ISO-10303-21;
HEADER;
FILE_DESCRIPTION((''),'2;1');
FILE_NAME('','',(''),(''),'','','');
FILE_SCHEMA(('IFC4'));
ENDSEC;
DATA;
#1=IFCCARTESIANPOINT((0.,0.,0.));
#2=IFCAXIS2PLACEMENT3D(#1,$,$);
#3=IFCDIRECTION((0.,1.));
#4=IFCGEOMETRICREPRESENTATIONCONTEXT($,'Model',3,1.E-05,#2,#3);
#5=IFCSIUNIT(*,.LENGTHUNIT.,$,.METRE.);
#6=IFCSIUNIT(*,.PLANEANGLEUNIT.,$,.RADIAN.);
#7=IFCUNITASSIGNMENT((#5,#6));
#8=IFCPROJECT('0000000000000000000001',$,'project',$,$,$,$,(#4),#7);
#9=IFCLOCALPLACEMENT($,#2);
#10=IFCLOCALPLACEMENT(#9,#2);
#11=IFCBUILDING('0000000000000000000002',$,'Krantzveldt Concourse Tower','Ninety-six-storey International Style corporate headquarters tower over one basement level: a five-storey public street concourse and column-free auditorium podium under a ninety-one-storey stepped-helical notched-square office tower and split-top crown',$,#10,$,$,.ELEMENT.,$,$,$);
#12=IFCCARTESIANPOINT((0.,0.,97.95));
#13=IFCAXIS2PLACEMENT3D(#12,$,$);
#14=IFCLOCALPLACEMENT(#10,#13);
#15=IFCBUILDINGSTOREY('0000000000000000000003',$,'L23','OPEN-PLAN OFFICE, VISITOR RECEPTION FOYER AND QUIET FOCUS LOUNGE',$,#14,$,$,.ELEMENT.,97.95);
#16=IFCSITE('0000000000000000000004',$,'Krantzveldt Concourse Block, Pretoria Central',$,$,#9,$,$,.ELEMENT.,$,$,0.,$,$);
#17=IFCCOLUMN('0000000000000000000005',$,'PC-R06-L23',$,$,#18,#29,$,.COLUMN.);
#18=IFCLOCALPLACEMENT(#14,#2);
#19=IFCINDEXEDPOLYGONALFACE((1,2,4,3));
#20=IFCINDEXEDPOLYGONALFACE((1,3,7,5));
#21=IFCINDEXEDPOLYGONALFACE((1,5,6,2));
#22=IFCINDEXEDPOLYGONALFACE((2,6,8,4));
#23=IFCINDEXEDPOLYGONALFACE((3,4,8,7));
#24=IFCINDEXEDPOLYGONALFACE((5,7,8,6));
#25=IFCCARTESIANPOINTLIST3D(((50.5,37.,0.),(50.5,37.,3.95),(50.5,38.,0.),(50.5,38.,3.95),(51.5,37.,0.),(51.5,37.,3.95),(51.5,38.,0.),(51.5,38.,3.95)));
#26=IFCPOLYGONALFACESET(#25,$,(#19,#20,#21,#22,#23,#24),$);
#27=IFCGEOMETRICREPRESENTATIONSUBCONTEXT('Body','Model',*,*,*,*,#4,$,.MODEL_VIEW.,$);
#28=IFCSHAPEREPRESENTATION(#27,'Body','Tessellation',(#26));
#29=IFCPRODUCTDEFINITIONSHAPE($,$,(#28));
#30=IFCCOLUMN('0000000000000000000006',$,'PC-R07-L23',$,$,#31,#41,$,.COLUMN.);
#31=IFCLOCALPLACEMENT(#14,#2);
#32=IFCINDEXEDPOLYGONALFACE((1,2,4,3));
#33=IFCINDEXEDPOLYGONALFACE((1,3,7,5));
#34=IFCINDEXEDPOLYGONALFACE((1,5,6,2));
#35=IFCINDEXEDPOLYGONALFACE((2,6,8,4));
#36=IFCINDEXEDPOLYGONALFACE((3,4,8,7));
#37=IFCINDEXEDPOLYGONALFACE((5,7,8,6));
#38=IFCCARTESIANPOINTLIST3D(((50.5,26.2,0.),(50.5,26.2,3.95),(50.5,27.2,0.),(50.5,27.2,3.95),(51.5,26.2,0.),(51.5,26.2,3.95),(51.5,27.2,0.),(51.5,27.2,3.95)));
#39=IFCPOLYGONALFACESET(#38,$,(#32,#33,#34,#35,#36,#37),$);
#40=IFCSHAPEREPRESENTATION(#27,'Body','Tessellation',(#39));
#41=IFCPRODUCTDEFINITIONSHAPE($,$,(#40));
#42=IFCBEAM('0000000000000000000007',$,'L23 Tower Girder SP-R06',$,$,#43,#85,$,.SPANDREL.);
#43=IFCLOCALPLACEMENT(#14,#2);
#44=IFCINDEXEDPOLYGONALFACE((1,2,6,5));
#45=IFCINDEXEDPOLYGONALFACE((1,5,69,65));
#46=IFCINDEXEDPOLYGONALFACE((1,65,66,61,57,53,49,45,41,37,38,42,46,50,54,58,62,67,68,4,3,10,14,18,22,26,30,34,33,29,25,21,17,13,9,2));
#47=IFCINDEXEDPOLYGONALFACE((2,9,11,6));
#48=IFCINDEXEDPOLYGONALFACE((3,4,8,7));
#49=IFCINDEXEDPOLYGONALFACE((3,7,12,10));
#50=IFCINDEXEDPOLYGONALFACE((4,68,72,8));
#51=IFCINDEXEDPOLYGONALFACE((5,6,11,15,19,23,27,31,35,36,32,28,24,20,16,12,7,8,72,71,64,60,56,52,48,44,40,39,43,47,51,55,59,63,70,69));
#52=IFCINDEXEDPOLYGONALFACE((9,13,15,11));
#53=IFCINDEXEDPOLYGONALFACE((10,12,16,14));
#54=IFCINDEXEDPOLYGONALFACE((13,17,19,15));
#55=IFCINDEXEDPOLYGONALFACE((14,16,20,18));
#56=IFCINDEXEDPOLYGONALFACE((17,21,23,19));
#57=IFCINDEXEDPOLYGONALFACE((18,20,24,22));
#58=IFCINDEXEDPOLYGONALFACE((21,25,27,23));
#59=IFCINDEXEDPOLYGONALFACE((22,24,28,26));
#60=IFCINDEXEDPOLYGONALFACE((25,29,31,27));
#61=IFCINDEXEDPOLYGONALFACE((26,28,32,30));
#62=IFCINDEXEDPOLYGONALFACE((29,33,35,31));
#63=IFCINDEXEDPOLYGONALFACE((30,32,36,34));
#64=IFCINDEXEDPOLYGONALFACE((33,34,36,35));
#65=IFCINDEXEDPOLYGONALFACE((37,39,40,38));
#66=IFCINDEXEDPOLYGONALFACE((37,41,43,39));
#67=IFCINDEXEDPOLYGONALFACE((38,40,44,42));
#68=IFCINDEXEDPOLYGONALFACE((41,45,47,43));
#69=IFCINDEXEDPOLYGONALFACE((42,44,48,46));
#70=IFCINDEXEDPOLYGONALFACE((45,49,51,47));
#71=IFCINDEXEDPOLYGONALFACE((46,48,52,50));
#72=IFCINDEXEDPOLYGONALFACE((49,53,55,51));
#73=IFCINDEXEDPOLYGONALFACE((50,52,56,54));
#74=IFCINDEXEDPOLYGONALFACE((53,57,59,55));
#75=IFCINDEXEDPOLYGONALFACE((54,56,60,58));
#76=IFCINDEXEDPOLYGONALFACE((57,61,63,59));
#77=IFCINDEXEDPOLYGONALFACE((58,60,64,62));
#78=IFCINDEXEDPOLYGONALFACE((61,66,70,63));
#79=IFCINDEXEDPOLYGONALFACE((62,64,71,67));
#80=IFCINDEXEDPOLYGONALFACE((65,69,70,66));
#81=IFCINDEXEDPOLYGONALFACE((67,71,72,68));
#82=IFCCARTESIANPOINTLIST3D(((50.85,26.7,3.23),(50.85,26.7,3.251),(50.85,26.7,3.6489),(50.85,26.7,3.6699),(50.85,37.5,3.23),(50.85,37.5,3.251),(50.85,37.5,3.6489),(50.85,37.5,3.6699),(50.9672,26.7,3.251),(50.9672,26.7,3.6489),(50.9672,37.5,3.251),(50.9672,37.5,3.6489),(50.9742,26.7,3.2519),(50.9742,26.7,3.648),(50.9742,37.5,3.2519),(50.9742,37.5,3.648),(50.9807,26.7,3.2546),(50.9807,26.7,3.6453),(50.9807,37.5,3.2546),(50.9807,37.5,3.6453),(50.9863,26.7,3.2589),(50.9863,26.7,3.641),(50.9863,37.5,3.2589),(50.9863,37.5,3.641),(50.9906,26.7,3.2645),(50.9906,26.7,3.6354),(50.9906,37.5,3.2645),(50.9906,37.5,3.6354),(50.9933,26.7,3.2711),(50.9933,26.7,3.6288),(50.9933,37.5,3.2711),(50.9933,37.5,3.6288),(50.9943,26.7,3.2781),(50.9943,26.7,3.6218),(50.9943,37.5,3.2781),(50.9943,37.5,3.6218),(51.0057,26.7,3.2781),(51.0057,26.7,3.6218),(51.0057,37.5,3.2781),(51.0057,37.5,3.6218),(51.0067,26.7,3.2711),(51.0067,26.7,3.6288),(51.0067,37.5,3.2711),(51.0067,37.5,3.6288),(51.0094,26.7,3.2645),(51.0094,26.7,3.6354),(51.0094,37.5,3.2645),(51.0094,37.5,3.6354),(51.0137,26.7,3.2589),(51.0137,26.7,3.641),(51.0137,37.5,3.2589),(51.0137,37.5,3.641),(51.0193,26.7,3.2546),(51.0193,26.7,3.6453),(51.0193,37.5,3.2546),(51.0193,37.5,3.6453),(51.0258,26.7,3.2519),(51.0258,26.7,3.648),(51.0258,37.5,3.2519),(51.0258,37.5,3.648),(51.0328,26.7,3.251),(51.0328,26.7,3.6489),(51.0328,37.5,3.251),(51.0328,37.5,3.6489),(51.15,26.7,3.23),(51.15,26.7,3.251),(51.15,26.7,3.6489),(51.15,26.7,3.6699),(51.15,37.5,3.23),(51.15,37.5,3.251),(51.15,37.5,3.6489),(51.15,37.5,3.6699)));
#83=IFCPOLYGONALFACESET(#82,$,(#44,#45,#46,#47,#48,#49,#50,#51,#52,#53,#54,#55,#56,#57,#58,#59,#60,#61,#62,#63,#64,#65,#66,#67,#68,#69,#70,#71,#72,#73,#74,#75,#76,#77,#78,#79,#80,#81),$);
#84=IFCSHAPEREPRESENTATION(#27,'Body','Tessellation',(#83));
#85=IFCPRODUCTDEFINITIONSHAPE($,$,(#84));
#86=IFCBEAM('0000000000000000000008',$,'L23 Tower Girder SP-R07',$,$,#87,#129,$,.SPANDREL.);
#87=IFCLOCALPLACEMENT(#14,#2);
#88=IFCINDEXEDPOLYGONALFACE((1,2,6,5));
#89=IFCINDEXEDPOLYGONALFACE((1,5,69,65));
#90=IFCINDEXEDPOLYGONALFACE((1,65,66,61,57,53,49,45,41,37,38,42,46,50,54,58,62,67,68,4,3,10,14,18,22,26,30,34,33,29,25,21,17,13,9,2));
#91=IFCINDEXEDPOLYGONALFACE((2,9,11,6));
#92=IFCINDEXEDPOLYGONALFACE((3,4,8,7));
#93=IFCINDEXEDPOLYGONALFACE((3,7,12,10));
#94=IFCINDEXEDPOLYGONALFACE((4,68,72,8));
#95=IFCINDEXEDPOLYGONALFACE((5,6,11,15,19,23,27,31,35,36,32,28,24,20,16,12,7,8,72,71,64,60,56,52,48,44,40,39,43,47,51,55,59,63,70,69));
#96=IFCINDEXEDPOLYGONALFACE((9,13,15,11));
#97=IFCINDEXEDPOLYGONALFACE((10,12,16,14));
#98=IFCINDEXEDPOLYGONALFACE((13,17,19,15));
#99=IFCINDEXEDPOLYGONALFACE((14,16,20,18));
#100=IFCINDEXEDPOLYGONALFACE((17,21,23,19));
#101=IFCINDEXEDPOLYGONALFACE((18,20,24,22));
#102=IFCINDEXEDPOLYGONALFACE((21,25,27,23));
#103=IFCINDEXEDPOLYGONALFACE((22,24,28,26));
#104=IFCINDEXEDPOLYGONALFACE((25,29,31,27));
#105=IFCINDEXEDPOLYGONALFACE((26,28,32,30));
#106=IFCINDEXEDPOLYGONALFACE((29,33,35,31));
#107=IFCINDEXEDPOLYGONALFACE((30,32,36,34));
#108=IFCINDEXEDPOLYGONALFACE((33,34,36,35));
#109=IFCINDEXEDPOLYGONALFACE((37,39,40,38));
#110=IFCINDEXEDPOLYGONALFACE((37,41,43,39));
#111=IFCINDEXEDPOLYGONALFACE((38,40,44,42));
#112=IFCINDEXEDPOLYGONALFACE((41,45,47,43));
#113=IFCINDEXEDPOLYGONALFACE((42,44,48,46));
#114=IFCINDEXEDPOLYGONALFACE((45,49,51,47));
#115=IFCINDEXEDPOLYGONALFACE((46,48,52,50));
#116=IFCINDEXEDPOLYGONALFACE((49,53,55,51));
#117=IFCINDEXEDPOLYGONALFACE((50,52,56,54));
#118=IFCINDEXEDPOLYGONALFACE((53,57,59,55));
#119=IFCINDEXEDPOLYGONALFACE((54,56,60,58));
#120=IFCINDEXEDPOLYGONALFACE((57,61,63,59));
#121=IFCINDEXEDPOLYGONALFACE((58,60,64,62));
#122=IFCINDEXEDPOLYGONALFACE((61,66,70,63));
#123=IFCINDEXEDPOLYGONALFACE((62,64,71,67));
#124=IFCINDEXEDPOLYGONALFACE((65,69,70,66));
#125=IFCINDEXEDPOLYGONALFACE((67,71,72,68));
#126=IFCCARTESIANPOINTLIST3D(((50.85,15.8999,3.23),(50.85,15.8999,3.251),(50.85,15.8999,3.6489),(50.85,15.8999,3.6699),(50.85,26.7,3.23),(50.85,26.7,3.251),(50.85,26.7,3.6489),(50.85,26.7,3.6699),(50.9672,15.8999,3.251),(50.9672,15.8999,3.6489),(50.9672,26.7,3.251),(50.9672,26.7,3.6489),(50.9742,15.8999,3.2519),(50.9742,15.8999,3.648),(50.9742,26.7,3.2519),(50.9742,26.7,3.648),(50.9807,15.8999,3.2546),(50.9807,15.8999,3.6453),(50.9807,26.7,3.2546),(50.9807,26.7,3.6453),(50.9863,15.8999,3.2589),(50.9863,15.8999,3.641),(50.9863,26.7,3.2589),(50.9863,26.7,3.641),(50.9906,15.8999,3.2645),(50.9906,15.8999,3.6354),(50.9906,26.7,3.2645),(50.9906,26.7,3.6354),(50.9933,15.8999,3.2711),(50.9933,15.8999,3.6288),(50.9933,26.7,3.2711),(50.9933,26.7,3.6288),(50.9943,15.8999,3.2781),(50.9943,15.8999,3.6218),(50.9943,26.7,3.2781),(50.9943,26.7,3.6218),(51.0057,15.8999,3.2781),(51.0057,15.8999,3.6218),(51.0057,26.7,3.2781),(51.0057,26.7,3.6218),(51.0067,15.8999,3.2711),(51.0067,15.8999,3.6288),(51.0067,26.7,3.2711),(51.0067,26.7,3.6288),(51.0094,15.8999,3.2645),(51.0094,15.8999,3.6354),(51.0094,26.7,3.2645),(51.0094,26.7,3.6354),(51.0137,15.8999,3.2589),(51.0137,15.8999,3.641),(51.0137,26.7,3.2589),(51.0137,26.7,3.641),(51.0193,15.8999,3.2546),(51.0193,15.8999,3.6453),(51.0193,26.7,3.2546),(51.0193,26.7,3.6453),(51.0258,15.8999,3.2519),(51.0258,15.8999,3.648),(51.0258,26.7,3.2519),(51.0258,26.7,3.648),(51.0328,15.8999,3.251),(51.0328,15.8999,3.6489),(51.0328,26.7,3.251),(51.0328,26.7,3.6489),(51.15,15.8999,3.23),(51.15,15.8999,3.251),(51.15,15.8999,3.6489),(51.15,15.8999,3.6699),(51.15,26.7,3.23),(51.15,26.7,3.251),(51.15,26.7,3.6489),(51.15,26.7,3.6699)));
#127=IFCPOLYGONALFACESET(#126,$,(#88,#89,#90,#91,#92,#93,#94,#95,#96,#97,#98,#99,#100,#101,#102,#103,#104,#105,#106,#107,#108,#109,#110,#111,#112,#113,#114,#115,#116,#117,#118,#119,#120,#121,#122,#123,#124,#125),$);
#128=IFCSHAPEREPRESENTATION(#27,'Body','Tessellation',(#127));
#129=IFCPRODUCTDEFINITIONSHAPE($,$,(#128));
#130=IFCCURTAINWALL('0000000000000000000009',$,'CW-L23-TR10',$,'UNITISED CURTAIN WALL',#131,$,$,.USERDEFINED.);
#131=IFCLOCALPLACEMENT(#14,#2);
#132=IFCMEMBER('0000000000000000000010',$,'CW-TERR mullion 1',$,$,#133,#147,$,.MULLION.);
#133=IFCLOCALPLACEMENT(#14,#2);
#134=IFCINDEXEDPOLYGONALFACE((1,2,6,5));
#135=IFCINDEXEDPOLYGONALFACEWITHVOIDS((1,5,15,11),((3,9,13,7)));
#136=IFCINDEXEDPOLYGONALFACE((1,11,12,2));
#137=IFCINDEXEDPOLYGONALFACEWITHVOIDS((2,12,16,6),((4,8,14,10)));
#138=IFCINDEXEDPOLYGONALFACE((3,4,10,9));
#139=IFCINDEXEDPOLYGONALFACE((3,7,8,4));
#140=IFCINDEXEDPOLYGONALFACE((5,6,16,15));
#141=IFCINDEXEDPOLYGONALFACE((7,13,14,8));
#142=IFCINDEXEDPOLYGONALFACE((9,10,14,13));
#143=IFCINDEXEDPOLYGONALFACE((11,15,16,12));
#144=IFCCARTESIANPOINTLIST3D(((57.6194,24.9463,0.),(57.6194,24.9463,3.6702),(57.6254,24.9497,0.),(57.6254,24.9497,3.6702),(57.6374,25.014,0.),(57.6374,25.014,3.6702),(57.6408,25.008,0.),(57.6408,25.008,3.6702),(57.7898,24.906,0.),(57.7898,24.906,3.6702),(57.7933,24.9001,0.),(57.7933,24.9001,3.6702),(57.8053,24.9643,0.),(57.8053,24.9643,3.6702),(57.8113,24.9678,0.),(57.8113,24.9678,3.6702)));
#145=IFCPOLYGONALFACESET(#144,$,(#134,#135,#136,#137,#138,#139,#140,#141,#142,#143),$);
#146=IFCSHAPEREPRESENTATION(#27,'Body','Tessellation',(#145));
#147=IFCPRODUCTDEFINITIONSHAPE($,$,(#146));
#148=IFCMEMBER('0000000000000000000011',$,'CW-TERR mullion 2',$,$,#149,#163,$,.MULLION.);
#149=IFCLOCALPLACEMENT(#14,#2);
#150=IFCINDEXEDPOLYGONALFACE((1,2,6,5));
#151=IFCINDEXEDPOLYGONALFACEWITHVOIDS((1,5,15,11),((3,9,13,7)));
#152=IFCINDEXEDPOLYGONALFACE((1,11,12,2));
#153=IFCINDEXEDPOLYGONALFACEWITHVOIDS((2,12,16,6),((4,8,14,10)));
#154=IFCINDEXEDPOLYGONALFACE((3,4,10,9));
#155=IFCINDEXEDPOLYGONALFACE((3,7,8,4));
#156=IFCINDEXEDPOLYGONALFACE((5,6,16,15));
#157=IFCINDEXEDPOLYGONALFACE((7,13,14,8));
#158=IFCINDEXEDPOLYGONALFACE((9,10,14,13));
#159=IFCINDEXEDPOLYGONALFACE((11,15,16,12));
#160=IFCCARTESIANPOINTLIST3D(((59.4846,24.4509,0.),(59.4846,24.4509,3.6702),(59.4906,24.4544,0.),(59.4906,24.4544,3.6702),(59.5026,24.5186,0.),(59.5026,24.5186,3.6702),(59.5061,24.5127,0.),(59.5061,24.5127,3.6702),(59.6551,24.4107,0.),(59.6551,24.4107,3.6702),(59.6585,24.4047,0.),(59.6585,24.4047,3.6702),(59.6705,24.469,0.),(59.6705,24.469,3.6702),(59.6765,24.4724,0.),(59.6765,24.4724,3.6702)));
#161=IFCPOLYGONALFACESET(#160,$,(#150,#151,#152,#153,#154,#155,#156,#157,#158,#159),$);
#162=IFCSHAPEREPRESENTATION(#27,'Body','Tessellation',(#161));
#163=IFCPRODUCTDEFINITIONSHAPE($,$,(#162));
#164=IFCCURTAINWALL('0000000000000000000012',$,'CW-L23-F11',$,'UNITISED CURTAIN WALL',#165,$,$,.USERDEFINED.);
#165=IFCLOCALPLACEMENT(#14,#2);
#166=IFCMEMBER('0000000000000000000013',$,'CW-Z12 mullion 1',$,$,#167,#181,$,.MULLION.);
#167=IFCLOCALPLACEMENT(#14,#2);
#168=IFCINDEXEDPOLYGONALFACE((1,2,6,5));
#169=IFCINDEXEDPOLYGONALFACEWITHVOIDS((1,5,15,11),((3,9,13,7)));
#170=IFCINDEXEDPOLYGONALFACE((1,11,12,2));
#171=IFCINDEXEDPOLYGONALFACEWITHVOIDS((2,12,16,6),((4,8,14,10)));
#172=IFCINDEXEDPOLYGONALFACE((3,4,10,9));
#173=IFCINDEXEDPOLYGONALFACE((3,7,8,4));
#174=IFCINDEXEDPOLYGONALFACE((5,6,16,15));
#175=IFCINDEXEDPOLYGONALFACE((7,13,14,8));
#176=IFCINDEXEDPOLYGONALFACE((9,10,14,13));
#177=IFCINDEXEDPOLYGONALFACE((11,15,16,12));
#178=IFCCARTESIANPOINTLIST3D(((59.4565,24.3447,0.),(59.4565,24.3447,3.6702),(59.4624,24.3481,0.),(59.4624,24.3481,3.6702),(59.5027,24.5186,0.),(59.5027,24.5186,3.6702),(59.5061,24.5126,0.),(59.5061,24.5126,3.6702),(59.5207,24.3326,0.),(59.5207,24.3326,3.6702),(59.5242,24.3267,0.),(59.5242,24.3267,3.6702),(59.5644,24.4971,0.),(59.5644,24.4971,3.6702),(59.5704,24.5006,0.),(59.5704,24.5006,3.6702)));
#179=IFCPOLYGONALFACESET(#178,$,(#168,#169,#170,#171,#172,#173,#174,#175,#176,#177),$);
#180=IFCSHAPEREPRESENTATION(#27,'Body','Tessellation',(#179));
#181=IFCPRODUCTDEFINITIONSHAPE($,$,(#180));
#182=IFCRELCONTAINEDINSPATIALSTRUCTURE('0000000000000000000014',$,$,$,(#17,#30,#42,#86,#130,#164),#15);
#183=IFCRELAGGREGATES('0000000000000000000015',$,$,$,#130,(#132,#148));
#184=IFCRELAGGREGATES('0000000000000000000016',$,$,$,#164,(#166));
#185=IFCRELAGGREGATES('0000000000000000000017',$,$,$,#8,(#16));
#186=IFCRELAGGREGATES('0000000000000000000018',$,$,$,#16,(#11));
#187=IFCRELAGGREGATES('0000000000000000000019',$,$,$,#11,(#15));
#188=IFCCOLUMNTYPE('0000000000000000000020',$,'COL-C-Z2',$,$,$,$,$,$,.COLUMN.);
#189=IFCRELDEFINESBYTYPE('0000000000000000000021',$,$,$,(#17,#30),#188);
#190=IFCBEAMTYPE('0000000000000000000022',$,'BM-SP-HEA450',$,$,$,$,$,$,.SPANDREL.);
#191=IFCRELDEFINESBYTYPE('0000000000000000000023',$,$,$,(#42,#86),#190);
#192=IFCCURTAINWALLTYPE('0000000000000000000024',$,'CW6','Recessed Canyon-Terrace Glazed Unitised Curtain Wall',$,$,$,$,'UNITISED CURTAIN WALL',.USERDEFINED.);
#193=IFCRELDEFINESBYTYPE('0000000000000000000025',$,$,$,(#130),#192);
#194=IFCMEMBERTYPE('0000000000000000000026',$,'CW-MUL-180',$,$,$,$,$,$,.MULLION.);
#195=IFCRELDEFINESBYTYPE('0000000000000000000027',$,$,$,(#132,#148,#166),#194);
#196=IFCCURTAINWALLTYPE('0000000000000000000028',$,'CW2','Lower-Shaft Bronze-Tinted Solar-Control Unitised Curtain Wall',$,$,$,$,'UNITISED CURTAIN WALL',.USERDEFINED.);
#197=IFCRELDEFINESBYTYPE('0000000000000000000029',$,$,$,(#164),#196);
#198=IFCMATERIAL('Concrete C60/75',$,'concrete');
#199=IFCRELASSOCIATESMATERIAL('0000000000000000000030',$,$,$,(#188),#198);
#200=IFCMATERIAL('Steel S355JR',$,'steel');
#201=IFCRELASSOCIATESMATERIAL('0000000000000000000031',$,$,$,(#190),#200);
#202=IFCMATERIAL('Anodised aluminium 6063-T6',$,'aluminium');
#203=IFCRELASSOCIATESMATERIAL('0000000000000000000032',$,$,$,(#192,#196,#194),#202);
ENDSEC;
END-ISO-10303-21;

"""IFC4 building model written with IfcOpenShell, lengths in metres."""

from ifc_helpers import new_model, si_unit, direction, frame, origin, origin_2d, place, context, subcontext, project, spatial, rectangle, hollow_rectangle, i_section, extrude, source, transform, mapped, material, material_profile, profile_set, type_object, type_shapes, element, aggregate, save


model = new_model("IFC4")

# Units and contexts
model_context = context("Model", 3, precision=1e-05, world=origin(), true_north=direction((0.0, 1.0)))
body_context = subcontext(model_context, "Body", "Model", "MODEL_VIEW")
ifc_project = project(units=[si_unit("LENGTHUNIT", "METRE"), si_unit("PLANEANGLEUNIT", "RADIAN")], contexts=[model_context])

# Site, building, storey
site_placement = place(None, origin())
site = spatial("IfcSite", under=ifc_project, at=site_placement, Name="Krantzveldt Concourse Block, Pretoria Central", CompositionType="ELEMENT", RefElevation=0.0)
building_placement = place(site_placement, origin())
building = spatial("IfcBuilding", under=site, at=building_placement, Name="Krantzveldt Concourse Tower", Description="Ninety-six-storey International Style corporate headquarters tower over one basement level: a five-storey public street concourse and column-free auditorium podium under a ninety-one-storey stepped-helical notched-square office tower and split-top crown", CompositionType="ELEMENT")
storey_placement = place(building_placement, frame((0.0, 0.0, 97.95)))
storey = spatial("IfcBuildingStorey", under=building, at=storey_placement, Name="L23", Description="OPEN-PLAN OFFICE, VISITOR RECEPTION FOYER AND QUIET FOCUS LOUNGE", CompositionType="ELEMENT", Elevation=97.95)

# Columns
ifc_material_1 = material(Name="Concrete C60/75", Category="concrete")
ifc_material_profile_1 = material_profile(ifc_material_1, rectangle(XDim=1.0, YDim=1.0, at=origin_2d()), Name="Concrete C60/75", Category="concrete")
ifc_profile_set_1 = profile_set([ifc_material_profile_1], Name="Concrete C60/75 - RC 1000x1000")
column_type = type_object("IfcColumnType", Name="COL-C-Z2", PredefinedType="COLUMN", material=ifc_profile_set_1)
shared_shape_1 = source(origin(), body_context, "Body", "SweptSolid", [
    extrude(rectangle(XDim=1.0, YDim=1.0, at=origin_2d()), origin(), (0.0, 0.0, 1.0), 3.95),
])
type_shapes(column_type, [shared_shape_1])
for number, where, z_axis, x_axis, name in (
    (1, (51.0, 37.5, 0.0), (0.0, 0.0, 1.0), (1.0, 0.0, 0.0), "PC-R06-L23"),
    (2, (51.0, 26.7, 0.0), (0.0, 0.0, 1.0), (1.0, 0.0, 0.0), "PC-R07-L23"),
):
    element("IfcColumn", number, at=place(storey_placement, frame(where, z_axis=z_axis, x_axis=x_axis)), inside=storey, type_object=column_type, Name=name, PredefinedType="COLUMN", context=body_context, shape_type="MappedRepresentation", body=[
        mapped(shared_shape_1, transform((0.0, 0.0, 0.0), x_axis=(1.0, 0.0, 0.0), y_axis=(0.0, 1.0, 0.0), z_axis=(0.0, 0.0, 1.0), scale=1.0)),
    ])

# Beams
ifc_material_2 = material(Name="Steel S355JR", Category="steel")
ifc_material_profile_2 = material_profile(ifc_material_2, i_section(OverallWidth=0.3, OverallDepth=0.4399, WebThickness=0.0115, FlangeThickness=0.021, FilletRadius=0.0271, at=origin_2d()), Name="Steel S355JR", Category="steel")
ifc_profile_set_2 = profile_set([ifc_material_profile_2], Name="Steel S355JR - HEA 450")
beam_type = type_object("IfcBeamType", Name="BM-SP-HEA450", PredefinedType="SPANDREL", material=ifc_profile_set_2)
shared_shape_2 = source(origin(), body_context, "Body", "SweptSolid", [
    extrude(i_section(OverallWidth=0.3, OverallDepth=0.4399, WebThickness=0.0115, FlangeThickness=0.021, FilletRadius=0.0271, at=origin_2d()), origin(), (0.0, 0.0, 1.0), 10.8),
])
type_shapes(beam_type, [shared_shape_2])
for number, where, z_axis, x_axis, name in (
    (3, (51.0, 37.5, 3.45), (0.0, -1.0, 0.0), (1.0, 0.0, 0.0), "L23 Tower Girder SP-R06"),
    (4, (51.0, 26.7, 3.45), (0.0, -1.0, 0.0), (1.0, 0.0, 0.0), "L23 Tower Girder SP-R07"),
):
    element("IfcBeam", number, at=place(storey_placement, frame(where, z_axis=z_axis, x_axis=x_axis)), inside=storey, type_object=beam_type, Name=name, PredefinedType="SPANDREL", context=body_context, shape_type="MappedRepresentation", body=[
        mapped(shared_shape_2, transform((0.0, 0.0, 0.0), x_axis=(1.0, 0.0, 0.0), y_axis=(0.0, 1.0, 0.0), z_axis=(0.0, 0.0, 1.0), scale=1.0)),
    ])

# Curtain walls, members
ifc_material_3 = material(Name="Anodised aluminium 6063-T6", Category="aluminium")
curtain_wall_type_1 = type_object("IfcCurtainWallType", Name="CW6", Description="Recessed Canyon-Terrace Glazed Unitised Curtain Wall", ElementType="UNITISED CURTAIN WALL", PredefinedType="USERDEFINED", material=ifc_material_3)
curtain_wall_1_placement = place(storey_placement, origin())
curtain_wall_1 = element("IfcCurtainWall", 5, at=curtain_wall_1_placement, inside=storey, type_object=curtain_wall_type_1, Name="CW-L23-TR10", ObjectType="UNITISED CURTAIN WALL", PredefinedType="USERDEFINED")
ifc_material_profile_3 = material_profile(ifc_material_3, hollow_rectangle(XDim=0.0701, YDim=0.1799, WallThickness=0.0049, at=origin_2d()), Name="Anodised aluminium 6063-T6", Category="aluminium")
ifc_profile_set_3 = profile_set([ifc_material_profile_3], Name="Anodised aluminium 6063-T6 - ALU-MULL 180x70x5")
member_type_1 = type_object("IfcMemberType", Name="CW-MUL-180", PredefinedType="MULLION", material=ifc_profile_set_3)
shared_shape_3 = source(origin(), body_context, "Body", "SweptSolid", [
    extrude(hollow_rectangle(XDim=0.0701, YDim=0.1799, WallThickness=0.0049, at=origin_2d()), origin(), (0.0, 0.0, 1.0), 3.6702),
])
type_shapes(member_type_1, [shared_shape_3])
member_1_placement = place(storey_placement, frame((57.7153, 24.957, 0.0), z_axis=(0.0, 0.0, 1.0), x_axis=(0.25671, 0.966489, 0.0)))
member_1 = element("IfcMember", 6, at=member_1_placement, type_object=member_type_1, Name="CW-TERR mullion 1", PredefinedType="MULLION", context=body_context, shape_type="MappedRepresentation", body=[
    mapped(shared_shape_3, transform((0.0, 0.0, 0.0), x_axis=(1.0, 0.0, 0.0), y_axis=(0.0, 1.0, 0.0), z_axis=(0.0, 0.0, 1.0), scale=1.0)),
])
member_2_placement = place(storey_placement, frame((59.5806, 24.4617, 0.0), z_axis=(0.0, 0.0, 1.0), x_axis=(0.25671, 0.966489, 0.0)))
member_2 = element("IfcMember", 7, at=member_2_placement, type_object=member_type_1, Name="CW-TERR mullion 2", PredefinedType="MULLION", context=body_context, shape_type="MappedRepresentation", body=[
    mapped(shared_shape_3, transform((0.0, 0.0, 0.0), x_axis=(1.0, 0.0, 0.0), y_axis=(0.0, 1.0, 0.0), z_axis=(0.0, 0.0, 1.0), scale=1.0)),
])
curtain_wall_type_2 = type_object("IfcCurtainWallType", Name="CW2", Description="Lower-Shaft Bronze-Tinted Solar-Control Unitised Curtain Wall", ElementType="UNITISED CURTAIN WALL", PredefinedType="USERDEFINED", material=ifc_material_3)
curtain_wall_2_placement = place(storey_placement, origin())
curtain_wall_2 = element("IfcCurtainWall", 8, at=curtain_wall_2_placement, inside=storey, type_object=curtain_wall_type_2, Name="CW-L23-F11", ObjectType="UNITISED CURTAIN WALL", PredefinedType="USERDEFINED")
member_3_placement = place(storey_placement, frame((59.5134, 24.4226, 0.0), z_axis=(0.0, 0.0, 1.0), x_axis=(-0.966488, 0.256711, 0.0)))
member_3 = element("IfcMember", 9, at=member_3_placement, type_object=member_type_1, Name="CW-Z12 mullion 1", PredefinedType="MULLION", context=body_context, shape_type="MappedRepresentation", body=[
    mapped(shared_shape_3, transform((0.0, 0.0, 0.0), x_axis=(1.0, 0.0, 0.0), y_axis=(0.0, 1.0, 0.0), z_axis=(0.0, 0.0, 1.0), scale=1.0)),
])

aggregate(curtain_wall_1, [member_1, member_2])
aggregate(curtain_wall_2, [member_3])

save(model, "model.ifc")
